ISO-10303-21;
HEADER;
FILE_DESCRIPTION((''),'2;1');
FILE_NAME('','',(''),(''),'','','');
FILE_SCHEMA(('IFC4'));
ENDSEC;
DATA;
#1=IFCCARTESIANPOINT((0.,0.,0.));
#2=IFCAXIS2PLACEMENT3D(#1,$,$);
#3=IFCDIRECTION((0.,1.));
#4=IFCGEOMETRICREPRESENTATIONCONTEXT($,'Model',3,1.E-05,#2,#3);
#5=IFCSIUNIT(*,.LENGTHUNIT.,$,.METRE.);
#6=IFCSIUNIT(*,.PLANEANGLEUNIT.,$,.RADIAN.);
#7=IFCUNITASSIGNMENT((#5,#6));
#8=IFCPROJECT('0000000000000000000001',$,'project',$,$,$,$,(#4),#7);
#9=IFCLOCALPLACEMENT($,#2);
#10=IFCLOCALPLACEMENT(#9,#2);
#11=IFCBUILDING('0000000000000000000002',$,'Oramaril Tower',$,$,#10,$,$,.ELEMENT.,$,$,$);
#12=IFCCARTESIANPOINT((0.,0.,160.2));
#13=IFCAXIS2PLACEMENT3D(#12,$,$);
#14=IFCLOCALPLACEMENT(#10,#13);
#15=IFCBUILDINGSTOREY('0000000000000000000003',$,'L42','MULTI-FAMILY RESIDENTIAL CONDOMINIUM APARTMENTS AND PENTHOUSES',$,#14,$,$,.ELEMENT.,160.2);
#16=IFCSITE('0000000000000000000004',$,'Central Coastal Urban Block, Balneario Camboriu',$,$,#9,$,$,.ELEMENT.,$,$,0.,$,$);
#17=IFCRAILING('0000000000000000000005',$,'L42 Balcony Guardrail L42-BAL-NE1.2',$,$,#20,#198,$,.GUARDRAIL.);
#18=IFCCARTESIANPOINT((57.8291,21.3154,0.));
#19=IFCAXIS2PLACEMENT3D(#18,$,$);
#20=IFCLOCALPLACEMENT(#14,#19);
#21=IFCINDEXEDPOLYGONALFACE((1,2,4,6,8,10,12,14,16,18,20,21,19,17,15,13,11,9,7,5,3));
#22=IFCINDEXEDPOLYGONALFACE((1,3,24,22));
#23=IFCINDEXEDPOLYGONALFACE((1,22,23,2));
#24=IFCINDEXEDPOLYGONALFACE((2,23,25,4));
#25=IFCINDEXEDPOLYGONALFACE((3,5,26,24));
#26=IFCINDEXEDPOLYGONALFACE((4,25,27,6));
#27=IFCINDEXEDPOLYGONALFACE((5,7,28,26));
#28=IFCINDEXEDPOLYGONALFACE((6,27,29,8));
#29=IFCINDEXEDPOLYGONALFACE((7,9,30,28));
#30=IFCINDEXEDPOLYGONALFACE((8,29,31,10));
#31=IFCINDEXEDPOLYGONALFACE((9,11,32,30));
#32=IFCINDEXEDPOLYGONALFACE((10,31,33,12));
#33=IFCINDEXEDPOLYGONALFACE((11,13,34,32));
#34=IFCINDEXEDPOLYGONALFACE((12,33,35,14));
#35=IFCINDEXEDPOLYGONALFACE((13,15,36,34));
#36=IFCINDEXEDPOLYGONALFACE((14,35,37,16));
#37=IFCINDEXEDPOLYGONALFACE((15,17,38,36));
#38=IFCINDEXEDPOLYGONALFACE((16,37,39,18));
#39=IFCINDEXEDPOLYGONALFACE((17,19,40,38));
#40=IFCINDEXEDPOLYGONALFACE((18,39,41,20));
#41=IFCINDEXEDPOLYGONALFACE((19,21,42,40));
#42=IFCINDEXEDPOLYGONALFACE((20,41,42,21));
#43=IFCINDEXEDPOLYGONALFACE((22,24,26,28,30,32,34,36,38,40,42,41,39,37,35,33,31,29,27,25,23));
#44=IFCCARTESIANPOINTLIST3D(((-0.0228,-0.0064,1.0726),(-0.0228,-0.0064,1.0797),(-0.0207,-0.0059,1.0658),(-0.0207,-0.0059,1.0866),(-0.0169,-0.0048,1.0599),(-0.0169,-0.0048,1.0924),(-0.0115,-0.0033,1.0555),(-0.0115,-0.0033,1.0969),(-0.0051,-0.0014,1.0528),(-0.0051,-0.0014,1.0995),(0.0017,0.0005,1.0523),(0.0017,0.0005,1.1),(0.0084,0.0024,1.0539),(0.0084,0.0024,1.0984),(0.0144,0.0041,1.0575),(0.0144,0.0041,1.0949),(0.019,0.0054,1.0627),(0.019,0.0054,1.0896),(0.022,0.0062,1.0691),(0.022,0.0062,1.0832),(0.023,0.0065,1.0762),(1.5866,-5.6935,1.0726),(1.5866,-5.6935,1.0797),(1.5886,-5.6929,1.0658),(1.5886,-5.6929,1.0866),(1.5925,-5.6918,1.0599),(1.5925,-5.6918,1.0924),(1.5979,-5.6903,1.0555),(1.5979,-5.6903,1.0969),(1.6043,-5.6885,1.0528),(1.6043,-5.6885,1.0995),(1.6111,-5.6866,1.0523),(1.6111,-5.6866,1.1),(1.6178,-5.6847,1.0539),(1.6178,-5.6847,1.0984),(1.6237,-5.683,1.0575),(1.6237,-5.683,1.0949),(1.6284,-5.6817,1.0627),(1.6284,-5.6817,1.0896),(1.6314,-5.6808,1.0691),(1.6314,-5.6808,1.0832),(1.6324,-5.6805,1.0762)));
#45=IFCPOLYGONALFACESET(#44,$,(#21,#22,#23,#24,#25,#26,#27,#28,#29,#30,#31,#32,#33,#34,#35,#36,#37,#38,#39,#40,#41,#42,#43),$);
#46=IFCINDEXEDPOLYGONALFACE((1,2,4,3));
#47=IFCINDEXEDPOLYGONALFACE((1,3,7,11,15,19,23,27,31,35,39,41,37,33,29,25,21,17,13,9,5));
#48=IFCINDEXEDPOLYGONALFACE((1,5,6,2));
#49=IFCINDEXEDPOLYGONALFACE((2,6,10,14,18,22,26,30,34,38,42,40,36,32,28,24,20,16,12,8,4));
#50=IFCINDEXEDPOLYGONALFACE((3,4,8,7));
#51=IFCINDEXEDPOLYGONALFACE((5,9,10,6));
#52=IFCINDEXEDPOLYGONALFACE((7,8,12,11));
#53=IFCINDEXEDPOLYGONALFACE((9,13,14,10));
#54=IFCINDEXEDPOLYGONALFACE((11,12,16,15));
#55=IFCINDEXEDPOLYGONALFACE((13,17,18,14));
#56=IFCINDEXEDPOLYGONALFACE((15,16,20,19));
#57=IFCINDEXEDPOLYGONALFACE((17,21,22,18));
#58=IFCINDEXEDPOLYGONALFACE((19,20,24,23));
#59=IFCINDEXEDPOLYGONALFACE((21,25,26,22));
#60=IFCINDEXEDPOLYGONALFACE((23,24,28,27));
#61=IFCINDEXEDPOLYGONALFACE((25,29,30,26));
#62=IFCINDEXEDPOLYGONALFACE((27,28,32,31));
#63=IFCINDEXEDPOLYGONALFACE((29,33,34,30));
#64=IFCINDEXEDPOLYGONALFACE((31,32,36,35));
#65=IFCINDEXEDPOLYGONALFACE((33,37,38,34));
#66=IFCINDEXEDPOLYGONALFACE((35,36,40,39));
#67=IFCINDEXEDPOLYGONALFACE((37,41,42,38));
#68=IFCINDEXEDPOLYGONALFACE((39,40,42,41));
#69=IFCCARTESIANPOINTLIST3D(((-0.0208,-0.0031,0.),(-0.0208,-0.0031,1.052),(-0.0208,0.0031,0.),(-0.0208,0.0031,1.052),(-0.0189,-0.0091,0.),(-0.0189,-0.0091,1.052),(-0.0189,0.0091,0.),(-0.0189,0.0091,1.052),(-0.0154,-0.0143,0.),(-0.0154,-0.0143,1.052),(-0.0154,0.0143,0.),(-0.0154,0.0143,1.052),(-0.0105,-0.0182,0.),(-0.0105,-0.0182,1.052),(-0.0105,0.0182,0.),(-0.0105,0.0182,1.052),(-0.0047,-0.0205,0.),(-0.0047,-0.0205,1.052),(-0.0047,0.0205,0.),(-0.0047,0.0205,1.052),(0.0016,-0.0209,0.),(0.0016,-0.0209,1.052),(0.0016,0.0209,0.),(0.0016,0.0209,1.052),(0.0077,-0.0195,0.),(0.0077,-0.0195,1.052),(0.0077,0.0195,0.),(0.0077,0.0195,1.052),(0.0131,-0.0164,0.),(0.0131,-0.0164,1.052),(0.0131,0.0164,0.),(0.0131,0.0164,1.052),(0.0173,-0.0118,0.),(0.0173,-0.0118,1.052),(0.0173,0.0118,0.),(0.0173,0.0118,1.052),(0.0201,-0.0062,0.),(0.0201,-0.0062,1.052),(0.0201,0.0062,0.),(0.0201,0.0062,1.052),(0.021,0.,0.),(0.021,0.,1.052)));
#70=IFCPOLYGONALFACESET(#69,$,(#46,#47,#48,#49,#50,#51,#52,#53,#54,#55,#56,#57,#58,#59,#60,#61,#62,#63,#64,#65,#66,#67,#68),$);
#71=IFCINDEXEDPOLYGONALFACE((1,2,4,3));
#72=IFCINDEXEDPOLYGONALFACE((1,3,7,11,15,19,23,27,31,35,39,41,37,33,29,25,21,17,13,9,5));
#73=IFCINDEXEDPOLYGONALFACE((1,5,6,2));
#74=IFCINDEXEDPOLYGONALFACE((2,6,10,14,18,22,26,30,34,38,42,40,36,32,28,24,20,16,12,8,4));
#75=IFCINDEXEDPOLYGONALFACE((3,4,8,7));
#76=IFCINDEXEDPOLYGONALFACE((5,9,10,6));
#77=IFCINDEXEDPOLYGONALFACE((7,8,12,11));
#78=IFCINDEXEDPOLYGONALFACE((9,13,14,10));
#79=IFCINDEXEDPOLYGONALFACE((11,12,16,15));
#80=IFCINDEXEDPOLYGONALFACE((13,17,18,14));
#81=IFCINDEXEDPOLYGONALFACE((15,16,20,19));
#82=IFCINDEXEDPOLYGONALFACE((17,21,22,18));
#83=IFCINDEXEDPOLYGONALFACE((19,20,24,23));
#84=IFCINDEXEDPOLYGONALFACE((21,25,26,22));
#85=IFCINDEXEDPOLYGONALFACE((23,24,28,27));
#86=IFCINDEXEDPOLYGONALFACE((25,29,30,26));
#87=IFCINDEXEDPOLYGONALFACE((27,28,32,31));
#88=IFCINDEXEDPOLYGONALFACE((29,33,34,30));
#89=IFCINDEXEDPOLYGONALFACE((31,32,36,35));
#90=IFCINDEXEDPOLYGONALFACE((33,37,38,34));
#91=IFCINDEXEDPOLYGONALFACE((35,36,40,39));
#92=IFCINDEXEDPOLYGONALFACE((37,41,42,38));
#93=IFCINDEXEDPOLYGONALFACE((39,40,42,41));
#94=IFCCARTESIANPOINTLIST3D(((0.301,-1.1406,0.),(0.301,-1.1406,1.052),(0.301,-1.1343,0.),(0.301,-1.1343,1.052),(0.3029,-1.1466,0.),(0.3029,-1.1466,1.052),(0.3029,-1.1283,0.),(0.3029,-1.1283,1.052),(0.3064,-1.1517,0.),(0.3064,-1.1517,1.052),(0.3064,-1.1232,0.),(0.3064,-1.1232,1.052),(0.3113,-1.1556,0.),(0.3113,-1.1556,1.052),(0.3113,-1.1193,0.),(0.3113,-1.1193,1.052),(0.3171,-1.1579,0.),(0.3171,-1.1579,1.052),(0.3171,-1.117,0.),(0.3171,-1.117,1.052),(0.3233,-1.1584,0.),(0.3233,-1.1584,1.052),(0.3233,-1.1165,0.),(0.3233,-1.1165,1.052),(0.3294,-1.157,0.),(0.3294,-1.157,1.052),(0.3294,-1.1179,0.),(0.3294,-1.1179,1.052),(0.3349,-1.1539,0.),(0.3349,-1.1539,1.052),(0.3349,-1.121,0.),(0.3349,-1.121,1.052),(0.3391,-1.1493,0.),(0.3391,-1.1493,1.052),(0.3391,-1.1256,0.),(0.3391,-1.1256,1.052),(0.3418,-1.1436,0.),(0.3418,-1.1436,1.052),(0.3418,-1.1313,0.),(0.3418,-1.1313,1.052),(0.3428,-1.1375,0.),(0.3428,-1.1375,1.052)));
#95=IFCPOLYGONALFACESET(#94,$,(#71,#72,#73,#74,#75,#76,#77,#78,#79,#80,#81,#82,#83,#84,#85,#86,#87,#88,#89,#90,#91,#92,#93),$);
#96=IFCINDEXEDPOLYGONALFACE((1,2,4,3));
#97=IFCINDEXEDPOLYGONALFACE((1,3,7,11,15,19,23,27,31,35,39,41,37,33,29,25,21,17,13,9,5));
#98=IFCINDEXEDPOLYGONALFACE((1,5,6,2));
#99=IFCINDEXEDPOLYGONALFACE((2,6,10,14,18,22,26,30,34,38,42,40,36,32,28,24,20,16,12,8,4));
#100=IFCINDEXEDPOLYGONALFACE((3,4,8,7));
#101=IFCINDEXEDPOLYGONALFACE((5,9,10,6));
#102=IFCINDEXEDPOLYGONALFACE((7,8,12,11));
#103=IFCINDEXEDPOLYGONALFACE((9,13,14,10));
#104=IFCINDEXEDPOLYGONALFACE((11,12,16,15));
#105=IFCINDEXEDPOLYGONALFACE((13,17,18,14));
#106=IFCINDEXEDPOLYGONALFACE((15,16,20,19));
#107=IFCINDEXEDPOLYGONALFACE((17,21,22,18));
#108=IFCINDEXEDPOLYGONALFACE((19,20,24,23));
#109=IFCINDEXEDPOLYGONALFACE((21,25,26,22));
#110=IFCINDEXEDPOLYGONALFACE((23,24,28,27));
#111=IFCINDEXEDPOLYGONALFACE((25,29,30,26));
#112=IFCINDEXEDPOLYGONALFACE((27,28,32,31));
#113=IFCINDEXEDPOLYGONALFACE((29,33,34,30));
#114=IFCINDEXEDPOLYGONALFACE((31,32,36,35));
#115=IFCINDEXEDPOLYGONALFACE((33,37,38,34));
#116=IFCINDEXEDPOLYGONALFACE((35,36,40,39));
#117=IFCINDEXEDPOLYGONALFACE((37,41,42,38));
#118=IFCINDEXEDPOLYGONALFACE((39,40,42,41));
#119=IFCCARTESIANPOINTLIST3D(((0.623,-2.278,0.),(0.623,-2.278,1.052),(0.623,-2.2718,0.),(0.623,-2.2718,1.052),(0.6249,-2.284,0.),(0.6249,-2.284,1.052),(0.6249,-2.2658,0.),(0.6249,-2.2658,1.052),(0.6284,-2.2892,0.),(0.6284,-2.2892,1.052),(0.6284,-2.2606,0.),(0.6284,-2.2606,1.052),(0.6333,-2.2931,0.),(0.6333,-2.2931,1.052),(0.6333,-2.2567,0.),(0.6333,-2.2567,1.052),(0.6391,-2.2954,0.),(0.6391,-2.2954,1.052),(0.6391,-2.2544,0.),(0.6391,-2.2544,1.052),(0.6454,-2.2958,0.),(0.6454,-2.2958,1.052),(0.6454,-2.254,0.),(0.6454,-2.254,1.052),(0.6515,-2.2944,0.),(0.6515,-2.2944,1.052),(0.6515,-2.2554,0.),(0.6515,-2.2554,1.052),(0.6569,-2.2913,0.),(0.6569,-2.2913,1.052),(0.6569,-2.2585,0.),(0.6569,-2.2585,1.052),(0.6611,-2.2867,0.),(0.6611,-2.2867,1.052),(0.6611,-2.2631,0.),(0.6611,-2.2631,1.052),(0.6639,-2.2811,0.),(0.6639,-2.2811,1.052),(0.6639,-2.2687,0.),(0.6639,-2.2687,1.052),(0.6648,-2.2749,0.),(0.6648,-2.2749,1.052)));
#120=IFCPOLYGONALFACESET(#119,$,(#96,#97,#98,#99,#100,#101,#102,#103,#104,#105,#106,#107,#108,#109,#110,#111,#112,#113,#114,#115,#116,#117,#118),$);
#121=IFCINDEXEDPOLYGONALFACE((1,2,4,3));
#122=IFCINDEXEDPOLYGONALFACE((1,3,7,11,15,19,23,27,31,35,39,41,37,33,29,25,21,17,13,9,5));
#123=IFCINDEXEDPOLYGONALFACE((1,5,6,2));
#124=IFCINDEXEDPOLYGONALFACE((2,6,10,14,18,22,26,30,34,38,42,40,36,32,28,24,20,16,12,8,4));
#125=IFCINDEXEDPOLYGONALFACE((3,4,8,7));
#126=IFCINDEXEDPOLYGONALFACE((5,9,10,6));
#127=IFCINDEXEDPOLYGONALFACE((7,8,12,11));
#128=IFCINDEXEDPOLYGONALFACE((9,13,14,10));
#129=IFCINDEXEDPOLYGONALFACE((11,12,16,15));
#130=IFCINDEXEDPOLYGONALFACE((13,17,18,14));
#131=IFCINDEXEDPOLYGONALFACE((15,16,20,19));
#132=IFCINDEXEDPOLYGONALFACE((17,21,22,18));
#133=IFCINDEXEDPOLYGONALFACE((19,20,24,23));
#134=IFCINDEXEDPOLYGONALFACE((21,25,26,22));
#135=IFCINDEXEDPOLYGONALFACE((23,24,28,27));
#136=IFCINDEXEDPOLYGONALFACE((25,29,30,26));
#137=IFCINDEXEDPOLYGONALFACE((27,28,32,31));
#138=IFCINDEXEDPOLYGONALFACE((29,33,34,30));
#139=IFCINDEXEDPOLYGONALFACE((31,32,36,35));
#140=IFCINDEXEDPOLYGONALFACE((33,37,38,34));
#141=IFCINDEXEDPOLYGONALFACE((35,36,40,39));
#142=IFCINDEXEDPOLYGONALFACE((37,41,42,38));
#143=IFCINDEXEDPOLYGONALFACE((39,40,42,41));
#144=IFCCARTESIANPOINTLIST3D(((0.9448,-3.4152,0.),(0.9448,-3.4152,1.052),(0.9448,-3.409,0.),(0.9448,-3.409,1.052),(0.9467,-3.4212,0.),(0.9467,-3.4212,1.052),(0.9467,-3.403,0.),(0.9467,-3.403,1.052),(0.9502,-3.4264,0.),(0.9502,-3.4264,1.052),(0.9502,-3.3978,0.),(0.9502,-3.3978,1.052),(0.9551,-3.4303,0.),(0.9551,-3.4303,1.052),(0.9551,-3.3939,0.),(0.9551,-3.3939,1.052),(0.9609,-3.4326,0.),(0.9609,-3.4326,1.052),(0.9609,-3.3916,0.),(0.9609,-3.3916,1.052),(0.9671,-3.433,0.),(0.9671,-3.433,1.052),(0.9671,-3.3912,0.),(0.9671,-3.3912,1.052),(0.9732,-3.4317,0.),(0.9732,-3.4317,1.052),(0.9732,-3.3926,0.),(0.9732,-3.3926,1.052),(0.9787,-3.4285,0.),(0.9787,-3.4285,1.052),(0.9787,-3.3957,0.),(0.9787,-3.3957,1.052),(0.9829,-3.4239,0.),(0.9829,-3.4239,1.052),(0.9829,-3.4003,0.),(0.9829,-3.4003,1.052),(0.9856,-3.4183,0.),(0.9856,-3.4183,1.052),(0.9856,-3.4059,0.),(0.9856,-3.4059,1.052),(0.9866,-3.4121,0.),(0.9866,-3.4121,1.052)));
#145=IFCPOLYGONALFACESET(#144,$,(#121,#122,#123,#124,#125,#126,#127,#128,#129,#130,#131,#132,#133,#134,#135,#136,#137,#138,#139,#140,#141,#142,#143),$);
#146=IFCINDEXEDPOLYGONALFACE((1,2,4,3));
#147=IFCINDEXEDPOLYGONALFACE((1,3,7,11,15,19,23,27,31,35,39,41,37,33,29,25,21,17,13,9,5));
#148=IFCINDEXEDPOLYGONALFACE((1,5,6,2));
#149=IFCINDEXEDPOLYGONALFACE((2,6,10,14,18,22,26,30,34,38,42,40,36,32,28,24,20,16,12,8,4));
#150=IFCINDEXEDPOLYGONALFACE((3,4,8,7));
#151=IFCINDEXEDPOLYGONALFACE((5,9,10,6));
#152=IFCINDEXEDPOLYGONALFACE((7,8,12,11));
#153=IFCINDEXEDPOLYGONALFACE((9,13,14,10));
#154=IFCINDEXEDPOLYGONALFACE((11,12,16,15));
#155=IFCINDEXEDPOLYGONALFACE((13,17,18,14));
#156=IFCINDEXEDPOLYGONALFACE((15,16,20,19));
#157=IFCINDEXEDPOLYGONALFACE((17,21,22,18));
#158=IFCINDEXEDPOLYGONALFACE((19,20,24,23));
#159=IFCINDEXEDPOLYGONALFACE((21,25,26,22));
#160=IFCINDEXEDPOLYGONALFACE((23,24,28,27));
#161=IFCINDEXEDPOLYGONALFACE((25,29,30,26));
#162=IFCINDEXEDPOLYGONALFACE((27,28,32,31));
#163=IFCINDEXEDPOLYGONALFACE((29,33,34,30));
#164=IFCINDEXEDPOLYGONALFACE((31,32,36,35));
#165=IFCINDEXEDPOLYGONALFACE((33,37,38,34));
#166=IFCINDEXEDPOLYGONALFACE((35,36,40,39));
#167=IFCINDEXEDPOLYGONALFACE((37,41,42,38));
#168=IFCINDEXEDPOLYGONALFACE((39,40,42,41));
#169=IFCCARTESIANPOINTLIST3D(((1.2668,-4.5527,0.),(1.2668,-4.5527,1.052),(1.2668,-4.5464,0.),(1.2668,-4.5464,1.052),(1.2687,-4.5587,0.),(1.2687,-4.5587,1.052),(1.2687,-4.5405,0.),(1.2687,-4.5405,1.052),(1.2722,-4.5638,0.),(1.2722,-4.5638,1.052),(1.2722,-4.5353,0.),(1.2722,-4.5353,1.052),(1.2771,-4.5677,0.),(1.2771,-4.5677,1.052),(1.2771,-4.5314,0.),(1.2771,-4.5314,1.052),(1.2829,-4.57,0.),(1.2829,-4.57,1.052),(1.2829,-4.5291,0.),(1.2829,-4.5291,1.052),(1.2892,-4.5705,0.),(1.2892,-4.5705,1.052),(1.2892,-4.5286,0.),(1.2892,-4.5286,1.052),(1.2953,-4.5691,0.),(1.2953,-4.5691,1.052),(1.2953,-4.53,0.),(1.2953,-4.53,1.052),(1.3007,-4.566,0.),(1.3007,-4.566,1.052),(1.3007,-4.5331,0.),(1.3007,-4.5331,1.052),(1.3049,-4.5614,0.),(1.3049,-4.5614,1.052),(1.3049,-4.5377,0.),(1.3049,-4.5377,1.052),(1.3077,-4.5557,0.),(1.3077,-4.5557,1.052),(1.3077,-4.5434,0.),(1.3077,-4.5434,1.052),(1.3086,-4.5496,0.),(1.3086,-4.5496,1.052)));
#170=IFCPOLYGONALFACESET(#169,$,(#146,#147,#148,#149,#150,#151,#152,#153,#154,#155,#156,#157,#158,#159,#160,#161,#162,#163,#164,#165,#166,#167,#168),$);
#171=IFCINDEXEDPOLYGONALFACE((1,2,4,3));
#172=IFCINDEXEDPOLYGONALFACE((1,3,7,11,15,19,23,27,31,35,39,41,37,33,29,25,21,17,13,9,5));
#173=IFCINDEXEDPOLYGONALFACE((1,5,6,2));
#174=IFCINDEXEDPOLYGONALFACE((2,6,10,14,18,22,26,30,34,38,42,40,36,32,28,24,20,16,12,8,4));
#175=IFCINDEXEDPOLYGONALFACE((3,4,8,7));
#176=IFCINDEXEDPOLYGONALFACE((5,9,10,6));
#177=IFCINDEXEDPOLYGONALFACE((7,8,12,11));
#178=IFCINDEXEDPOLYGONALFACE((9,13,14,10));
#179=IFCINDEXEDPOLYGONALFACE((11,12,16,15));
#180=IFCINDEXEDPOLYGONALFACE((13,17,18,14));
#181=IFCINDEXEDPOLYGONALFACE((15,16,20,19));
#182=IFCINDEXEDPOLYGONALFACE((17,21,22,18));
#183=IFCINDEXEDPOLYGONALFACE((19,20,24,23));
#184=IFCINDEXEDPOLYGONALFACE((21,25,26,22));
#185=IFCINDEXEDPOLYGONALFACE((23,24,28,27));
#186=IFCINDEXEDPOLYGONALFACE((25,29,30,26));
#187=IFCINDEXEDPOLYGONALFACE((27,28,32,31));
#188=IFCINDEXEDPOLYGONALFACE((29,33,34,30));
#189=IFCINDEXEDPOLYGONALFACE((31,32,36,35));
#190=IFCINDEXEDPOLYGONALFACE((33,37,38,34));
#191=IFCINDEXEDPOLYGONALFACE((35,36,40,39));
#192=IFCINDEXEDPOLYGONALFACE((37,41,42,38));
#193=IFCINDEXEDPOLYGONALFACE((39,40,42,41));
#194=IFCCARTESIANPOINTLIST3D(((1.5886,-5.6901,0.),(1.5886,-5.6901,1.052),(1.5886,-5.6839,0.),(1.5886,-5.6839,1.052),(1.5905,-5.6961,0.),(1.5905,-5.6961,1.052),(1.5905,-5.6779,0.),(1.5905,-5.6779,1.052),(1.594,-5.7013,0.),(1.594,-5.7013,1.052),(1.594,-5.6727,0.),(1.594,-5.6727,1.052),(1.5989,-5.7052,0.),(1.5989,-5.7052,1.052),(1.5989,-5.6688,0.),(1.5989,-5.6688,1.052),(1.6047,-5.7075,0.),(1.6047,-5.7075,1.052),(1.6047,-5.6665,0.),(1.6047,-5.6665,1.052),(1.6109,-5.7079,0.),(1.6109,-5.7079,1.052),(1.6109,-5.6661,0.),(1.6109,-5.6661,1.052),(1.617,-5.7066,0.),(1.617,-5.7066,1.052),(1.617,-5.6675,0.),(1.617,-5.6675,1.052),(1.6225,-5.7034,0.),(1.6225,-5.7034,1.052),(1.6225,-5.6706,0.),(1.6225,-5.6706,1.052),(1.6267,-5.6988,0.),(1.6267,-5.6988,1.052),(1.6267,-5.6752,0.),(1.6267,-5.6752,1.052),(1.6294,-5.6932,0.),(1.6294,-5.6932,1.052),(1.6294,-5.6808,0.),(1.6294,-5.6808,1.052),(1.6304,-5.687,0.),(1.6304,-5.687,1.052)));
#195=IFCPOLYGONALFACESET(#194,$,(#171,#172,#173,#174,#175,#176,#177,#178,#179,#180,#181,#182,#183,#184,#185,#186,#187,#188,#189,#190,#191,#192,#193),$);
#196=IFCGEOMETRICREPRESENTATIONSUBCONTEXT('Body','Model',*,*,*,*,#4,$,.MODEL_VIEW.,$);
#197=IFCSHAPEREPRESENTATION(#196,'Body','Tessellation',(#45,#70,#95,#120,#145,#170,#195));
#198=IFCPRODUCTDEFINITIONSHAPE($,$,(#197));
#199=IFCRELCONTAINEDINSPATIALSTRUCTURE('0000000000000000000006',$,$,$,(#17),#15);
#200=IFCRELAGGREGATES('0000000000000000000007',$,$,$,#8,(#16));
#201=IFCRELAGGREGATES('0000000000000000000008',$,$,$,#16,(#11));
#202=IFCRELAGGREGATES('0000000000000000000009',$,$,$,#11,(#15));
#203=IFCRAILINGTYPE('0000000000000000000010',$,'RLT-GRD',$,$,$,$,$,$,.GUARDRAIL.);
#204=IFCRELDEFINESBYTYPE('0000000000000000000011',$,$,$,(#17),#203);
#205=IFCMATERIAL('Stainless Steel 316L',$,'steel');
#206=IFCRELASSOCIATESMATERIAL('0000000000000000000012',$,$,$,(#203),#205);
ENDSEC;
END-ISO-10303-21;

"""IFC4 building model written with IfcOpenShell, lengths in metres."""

from ifc_helpers import new_model, si_unit, direction, frame, origin, origin_2d, place, context, subcontext, project, spatial, circle, extrude, material, type_object, element, save


model = new_model("IFC4")

# Units and contexts
model_context = context("Model", 3, precision=1e-05, world=origin(), true_north=direction((0.0, 1.0)))
body_context = subcontext(model_context, "Body", "Model", "MODEL_VIEW")
ifc_project = project(units=[si_unit("LENGTHUNIT", "METRE"), si_unit("PLANEANGLEUNIT", "RADIAN")], contexts=[model_context])

# Site, building, storey
site_placement = place(None, origin())
site = spatial("IfcSite", under=ifc_project, at=site_placement, Name="Central Coastal Urban Block, Balneario Camboriu", CompositionType="ELEMENT", RefElevation=0.0)
building_placement = place(site_placement, origin())
building = spatial("IfcBuilding", under=site, at=building_placement, Name="Oramaril Tower", CompositionType="ELEMENT")
storey_placement = place(building_placement, frame((0.0, 0.0, 160.2)))
storey = spatial("IfcBuildingStorey", under=building, at=storey_placement, Name="L42", Description="MULTI-FAMILY RESIDENTIAL CONDOMINIUM APARTMENTS AND PENTHOUSES", CompositionType="ELEMENT", Elevation=160.2)

# Railing
ifc_material_1 = material(Name="Stainless Steel 316L", Category="steel")
railing_type = type_object("IfcRailingType", Name="RLT-GRD", PredefinedType="GUARDRAIL", material=ifc_material_1)
railing_1_placement = place(storey_placement, frame((57.8291, 21.3154, 0.0)))
element("IfcRailing", 1, at=railing_1_placement, inside=storey, type_object=railing_type, Name="L42 Balcony Guardrail L42-BAL-NE1.2", PredefinedType="GUARDRAIL", context=body_context, shape_type="SweptSolid", body=[
    extrude(circle(Radius=0.0239, at=origin_2d()), frame((0.0, 0.0, 1.0762), z_axis=(0.272298, -0.962213, 0.0), x_axis=(0.962213, 0.272298, 0.0)), (0.0, 0.0, 1.0), 5.9104),
    extrude(circle(Radius=0.021, at=origin_2d()), origin(), (0.0, 0.0, 1.0), 1.052),
    extrude(circle(Radius=0.021, at=origin_2d()), frame((0.3218, -1.1375, 0.0)), (0.0, 0.0, 1.0), 1.052),
    extrude(circle(Radius=0.021, at=origin_2d()), frame((0.6438, -2.2749, 0.0)), (0.0, 0.0, 1.0), 1.052),
    extrude(circle(Radius=0.021, at=origin_2d()), frame((0.9656, -3.4121, 0.0)), (0.0, 0.0, 1.0), 1.052),
    extrude(circle(Radius=0.021, at=origin_2d()), frame((1.2876, -4.5496, 0.0)), (0.0, 0.0, 1.0), 1.052),
    extrude(circle(Radius=0.021, at=origin_2d()), frame((1.6094, -5.687, 0.0)), (0.0, 0.0, 1.0), 1.052),
])

save(model, "model.ifc")
